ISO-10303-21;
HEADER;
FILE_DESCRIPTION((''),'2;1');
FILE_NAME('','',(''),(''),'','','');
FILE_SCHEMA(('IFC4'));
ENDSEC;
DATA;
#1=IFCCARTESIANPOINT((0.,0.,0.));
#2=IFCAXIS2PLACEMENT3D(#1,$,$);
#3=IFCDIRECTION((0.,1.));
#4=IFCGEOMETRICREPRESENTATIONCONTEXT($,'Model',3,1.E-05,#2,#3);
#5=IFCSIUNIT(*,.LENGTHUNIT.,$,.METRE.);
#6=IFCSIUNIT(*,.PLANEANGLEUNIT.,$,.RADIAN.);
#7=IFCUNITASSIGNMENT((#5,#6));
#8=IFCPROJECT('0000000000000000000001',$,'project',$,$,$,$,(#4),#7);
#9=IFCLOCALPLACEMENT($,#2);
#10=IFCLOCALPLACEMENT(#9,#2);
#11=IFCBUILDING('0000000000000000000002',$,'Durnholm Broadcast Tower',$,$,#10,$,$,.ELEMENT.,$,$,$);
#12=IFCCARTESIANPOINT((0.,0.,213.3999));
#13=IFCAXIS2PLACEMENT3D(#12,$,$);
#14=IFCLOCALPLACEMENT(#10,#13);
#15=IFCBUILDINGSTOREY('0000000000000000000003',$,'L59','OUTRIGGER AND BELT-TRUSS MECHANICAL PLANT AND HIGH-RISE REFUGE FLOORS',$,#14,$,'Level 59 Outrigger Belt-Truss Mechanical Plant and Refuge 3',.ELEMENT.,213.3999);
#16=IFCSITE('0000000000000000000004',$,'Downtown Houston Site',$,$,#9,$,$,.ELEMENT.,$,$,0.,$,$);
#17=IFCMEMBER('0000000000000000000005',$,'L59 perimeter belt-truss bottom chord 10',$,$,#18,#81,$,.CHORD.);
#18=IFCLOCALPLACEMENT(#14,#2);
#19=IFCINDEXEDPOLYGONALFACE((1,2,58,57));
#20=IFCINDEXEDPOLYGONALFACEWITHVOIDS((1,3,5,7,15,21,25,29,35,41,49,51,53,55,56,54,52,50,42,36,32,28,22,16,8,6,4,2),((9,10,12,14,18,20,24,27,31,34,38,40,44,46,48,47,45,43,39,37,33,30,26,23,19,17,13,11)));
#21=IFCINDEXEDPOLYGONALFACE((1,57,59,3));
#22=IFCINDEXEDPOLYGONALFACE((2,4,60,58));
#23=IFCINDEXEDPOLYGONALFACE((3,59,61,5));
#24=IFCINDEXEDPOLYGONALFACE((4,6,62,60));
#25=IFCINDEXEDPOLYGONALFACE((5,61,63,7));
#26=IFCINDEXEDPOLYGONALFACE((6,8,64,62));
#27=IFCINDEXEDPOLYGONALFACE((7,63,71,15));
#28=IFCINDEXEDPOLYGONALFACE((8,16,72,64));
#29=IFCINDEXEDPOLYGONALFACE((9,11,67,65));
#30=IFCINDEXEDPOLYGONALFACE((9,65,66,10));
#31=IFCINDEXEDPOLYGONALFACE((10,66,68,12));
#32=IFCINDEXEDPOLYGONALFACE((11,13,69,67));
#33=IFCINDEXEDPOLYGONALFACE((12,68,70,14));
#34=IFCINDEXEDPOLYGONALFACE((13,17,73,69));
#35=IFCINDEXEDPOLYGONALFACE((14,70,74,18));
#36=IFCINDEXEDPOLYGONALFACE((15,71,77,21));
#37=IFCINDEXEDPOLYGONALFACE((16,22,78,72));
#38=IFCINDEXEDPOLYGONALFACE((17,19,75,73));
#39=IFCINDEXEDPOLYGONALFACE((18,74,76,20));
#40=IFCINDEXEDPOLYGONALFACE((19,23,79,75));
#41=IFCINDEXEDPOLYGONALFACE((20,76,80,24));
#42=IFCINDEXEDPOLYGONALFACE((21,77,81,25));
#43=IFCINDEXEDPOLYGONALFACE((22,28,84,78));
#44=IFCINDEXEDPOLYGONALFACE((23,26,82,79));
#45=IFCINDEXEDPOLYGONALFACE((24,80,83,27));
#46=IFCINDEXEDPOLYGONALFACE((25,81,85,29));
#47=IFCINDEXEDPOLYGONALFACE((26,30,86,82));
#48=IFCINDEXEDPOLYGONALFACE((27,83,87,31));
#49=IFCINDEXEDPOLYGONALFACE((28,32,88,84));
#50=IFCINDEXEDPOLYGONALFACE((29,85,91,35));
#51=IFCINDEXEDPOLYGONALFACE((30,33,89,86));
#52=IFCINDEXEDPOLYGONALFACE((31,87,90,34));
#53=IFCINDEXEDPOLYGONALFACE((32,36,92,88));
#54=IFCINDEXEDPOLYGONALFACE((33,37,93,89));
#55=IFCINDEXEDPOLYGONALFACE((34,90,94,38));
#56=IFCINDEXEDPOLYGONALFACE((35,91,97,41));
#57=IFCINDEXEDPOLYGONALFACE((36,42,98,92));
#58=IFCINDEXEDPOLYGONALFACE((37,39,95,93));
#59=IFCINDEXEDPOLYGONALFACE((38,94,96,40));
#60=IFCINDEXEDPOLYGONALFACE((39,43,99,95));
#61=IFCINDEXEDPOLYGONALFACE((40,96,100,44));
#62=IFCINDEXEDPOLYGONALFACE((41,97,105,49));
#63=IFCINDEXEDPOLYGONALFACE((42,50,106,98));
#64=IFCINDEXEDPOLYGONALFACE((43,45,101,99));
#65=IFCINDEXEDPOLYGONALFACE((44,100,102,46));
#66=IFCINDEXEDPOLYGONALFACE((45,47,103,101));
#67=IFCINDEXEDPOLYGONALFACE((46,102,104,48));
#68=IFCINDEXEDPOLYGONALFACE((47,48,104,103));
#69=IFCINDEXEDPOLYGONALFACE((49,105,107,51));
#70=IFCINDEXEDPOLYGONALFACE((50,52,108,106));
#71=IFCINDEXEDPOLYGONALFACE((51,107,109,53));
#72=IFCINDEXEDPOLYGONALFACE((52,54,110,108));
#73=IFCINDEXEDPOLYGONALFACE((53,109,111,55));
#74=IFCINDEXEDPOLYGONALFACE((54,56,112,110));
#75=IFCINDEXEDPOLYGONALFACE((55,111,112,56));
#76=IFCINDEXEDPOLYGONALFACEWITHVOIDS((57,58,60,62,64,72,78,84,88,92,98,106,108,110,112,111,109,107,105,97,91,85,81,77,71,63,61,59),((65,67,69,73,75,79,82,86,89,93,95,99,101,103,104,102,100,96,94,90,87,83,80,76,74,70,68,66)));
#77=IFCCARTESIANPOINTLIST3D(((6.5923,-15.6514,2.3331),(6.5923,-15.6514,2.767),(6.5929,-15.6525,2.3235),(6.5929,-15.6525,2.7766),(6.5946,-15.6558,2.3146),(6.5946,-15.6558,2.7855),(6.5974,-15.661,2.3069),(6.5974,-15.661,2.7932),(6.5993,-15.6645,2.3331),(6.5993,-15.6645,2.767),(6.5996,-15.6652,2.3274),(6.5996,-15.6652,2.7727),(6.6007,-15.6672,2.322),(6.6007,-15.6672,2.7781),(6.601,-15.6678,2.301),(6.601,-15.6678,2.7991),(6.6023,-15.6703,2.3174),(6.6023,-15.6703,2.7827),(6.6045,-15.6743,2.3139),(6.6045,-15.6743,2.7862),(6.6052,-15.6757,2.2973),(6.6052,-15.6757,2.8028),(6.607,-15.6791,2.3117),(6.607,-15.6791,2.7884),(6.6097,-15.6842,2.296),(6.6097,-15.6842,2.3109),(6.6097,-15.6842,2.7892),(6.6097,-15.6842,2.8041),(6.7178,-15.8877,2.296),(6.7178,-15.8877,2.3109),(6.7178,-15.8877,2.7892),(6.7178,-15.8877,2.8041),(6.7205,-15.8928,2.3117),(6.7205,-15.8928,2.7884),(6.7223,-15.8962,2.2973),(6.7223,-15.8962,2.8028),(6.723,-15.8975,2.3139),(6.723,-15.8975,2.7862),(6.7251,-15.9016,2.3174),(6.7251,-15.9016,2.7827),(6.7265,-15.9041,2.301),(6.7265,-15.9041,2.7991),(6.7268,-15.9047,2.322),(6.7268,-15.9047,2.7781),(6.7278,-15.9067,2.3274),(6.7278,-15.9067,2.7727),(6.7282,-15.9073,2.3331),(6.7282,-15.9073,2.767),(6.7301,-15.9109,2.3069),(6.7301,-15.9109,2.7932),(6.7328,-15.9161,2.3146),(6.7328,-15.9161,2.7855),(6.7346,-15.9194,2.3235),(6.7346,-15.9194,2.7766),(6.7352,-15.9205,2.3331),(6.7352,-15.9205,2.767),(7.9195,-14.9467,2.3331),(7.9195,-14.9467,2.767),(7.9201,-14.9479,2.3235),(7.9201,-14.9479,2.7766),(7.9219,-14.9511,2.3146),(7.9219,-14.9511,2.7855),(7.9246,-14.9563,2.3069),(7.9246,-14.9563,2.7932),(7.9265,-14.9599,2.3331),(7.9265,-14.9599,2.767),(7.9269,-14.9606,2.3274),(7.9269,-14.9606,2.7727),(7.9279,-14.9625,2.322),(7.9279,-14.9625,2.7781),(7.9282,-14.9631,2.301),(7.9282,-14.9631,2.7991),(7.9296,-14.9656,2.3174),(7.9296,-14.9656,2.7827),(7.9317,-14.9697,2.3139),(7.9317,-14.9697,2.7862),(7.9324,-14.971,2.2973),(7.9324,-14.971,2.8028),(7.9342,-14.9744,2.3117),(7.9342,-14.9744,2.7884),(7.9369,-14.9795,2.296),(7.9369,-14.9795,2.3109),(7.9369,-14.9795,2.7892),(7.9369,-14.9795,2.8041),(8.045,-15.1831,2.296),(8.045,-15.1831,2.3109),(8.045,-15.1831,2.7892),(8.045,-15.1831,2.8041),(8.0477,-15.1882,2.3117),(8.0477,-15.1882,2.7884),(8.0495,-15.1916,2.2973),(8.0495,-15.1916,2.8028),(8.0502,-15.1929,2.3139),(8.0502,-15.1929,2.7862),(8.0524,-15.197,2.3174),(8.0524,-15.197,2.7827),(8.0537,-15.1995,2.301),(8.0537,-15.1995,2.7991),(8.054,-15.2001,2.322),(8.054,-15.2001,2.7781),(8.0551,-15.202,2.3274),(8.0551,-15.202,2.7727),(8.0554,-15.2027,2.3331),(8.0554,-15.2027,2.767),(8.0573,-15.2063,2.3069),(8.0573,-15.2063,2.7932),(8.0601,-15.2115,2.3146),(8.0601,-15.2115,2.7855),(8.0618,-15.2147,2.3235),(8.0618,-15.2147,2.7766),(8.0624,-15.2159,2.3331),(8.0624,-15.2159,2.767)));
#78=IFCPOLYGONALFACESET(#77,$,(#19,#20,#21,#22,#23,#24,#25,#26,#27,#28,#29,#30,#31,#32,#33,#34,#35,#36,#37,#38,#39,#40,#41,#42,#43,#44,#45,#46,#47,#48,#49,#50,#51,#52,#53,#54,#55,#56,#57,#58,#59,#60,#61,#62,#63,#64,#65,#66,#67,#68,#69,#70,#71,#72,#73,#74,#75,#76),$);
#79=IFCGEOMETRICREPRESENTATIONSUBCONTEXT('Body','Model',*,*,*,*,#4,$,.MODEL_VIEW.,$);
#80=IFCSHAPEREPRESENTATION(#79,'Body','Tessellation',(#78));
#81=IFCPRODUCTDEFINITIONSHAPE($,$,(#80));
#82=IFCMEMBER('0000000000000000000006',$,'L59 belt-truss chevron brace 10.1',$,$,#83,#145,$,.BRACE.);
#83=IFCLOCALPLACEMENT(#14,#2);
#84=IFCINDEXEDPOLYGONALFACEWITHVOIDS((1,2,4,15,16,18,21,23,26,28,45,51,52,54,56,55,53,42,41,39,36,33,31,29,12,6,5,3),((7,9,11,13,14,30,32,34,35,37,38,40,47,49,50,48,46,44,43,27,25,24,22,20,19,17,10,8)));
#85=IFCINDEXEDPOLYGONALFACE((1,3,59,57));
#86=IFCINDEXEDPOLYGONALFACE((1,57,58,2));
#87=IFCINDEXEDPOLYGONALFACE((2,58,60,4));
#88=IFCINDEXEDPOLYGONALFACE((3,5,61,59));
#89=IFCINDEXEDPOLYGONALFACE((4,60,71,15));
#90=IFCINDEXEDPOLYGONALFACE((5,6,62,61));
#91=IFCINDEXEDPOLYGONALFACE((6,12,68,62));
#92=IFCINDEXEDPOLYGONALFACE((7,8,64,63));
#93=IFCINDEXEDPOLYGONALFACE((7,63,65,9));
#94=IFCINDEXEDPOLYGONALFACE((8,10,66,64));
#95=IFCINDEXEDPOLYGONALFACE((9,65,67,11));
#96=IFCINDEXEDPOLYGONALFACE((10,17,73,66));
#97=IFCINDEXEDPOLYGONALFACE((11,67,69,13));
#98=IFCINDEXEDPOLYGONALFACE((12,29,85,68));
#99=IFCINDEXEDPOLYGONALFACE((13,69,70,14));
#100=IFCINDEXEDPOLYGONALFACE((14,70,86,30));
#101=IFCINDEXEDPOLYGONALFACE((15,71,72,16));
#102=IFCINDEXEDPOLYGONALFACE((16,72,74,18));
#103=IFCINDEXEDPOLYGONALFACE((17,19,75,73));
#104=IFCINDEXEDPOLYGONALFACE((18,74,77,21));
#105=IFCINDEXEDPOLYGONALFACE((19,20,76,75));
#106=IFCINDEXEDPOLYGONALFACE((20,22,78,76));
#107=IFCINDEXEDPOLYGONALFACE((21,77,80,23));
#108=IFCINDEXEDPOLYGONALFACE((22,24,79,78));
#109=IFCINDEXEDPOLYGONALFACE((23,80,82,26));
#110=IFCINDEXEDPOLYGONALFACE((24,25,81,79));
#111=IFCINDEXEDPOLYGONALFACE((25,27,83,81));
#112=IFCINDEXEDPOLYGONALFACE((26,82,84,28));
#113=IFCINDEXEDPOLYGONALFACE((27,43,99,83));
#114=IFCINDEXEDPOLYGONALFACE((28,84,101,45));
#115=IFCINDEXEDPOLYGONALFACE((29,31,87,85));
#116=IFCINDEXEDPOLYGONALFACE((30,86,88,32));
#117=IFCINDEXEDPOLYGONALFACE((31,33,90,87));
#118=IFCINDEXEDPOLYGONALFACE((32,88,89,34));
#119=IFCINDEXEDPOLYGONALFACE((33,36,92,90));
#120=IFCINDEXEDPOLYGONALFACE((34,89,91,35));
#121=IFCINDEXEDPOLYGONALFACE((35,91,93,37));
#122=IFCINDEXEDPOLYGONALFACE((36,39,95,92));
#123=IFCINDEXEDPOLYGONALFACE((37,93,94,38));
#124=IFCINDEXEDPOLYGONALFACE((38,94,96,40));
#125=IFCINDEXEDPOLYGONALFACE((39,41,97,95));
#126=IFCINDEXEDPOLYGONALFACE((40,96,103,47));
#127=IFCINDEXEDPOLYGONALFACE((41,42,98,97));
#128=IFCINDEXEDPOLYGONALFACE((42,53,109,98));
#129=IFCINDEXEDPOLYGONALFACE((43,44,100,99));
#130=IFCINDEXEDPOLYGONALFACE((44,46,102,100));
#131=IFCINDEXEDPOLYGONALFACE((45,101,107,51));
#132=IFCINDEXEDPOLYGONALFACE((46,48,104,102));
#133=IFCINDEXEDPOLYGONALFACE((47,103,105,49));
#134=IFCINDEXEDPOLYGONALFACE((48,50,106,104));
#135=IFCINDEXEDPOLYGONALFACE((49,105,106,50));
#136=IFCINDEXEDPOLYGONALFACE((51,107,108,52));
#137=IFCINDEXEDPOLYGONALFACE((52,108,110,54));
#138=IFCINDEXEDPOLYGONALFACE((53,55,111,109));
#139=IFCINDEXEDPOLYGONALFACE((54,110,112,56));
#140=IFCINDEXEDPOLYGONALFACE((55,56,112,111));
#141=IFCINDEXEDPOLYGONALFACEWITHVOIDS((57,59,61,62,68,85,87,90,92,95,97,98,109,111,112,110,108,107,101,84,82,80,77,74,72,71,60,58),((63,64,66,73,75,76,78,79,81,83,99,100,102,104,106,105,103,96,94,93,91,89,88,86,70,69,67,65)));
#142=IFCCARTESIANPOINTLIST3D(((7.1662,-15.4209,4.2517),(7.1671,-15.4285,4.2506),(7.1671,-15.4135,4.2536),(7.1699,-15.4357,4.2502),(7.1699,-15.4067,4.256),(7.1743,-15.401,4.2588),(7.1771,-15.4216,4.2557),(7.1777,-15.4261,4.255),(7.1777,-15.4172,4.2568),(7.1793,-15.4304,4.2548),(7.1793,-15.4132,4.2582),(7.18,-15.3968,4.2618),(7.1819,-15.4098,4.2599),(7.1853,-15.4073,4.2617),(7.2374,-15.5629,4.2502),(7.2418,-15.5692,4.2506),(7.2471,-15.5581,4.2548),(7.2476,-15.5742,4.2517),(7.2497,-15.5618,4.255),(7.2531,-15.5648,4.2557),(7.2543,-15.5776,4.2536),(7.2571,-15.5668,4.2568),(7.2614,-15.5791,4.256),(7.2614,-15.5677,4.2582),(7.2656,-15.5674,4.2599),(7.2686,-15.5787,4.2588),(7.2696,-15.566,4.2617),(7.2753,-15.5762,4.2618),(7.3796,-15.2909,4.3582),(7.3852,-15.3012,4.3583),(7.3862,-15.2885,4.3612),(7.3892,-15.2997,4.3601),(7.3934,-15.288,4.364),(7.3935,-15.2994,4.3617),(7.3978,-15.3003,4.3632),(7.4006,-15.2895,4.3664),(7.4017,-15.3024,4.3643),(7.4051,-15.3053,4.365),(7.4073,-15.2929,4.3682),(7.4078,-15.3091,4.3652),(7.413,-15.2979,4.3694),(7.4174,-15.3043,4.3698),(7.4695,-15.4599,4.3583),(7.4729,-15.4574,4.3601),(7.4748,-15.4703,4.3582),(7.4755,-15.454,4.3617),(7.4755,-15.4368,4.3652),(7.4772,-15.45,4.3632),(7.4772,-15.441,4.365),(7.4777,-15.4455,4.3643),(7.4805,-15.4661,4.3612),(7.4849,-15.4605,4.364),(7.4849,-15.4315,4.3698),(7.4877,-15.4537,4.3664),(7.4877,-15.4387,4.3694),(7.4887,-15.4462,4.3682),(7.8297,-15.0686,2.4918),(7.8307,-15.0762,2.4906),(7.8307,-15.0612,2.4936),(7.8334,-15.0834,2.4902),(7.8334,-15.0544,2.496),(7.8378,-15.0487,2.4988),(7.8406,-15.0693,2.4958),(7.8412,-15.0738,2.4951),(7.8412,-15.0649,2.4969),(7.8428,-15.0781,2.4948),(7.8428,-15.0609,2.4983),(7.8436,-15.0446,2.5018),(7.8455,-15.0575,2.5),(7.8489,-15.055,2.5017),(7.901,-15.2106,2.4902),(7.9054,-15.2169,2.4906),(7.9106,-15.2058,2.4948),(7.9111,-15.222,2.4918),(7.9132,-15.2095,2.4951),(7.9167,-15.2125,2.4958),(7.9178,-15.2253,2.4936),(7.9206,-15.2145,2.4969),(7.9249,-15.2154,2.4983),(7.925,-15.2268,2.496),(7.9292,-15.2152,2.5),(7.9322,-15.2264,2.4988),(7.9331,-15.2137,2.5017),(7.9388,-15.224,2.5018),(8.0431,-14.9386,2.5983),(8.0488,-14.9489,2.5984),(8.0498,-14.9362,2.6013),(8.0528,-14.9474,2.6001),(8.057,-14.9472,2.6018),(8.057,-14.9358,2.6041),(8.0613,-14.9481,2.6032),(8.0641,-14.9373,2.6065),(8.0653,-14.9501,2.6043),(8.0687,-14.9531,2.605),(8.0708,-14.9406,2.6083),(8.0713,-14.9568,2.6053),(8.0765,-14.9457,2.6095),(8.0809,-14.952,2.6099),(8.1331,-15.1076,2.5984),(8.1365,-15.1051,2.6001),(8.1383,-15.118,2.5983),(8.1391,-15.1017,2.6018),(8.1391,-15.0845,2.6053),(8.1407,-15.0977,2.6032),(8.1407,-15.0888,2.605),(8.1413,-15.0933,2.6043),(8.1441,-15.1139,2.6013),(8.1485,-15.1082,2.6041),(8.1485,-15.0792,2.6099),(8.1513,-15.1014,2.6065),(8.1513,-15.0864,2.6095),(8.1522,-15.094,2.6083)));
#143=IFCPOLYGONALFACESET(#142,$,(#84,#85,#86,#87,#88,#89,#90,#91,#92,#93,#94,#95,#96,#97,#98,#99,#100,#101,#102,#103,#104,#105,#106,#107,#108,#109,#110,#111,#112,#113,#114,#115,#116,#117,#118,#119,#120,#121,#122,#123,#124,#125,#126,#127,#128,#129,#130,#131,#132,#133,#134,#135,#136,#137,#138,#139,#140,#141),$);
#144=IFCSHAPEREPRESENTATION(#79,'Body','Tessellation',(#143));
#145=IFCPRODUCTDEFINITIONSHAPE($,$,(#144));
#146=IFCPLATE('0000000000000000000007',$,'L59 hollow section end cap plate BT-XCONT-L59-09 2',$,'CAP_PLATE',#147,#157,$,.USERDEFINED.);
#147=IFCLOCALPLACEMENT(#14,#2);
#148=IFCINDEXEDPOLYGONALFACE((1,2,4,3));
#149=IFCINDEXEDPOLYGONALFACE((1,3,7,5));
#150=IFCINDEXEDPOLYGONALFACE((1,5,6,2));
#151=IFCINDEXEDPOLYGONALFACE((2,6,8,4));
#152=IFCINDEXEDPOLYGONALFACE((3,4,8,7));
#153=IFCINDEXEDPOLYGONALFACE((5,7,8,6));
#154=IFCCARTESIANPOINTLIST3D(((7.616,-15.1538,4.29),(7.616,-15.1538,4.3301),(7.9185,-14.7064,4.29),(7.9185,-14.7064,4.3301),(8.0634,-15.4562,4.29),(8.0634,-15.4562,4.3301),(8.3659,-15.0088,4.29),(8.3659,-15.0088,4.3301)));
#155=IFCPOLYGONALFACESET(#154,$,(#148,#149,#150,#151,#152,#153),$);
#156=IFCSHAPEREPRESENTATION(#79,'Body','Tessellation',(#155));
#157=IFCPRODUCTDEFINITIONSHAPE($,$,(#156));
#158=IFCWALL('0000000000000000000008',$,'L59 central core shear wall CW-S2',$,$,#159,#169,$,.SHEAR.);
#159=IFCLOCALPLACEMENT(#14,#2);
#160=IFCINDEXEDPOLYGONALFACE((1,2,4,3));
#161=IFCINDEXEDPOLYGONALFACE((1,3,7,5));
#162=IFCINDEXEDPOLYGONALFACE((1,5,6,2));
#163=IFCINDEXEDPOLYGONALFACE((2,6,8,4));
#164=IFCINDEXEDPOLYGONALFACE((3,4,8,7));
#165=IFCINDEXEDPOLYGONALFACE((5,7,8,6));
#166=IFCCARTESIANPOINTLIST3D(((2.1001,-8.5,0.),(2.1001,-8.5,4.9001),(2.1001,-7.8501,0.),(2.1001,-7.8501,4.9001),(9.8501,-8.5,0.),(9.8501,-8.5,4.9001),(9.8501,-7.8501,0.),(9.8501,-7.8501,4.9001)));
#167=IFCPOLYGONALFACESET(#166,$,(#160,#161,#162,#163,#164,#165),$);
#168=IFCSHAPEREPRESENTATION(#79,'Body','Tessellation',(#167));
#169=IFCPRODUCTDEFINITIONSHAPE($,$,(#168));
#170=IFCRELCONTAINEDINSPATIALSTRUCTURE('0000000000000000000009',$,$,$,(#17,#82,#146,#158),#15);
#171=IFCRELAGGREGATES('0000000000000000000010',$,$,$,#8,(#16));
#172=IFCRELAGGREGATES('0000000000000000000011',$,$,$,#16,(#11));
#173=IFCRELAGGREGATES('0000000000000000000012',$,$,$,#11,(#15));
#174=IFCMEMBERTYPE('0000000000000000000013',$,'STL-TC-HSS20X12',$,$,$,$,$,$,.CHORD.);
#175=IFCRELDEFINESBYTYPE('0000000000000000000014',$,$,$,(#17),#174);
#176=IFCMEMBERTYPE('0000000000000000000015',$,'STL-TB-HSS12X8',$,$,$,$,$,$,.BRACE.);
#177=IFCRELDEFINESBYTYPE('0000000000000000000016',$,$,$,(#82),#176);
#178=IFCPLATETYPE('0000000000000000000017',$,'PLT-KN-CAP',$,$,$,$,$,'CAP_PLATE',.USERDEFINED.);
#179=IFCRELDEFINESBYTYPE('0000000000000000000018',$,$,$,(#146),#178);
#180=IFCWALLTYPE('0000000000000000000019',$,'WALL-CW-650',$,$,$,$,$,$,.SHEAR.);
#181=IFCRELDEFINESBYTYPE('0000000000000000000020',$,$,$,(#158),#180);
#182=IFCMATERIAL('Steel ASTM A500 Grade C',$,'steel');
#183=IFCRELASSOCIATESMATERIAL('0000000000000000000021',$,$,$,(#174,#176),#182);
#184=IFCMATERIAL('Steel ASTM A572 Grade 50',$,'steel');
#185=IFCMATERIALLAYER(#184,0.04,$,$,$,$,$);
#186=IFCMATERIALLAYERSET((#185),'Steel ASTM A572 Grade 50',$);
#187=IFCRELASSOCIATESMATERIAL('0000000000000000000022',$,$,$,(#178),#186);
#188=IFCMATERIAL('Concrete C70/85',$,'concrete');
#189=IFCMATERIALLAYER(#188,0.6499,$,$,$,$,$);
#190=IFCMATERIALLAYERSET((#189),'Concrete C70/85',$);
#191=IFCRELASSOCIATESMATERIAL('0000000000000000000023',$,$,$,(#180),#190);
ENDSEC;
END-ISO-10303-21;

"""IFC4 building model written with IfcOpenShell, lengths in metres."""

from ifc_helpers import new_model, si_unit, direction, frame, frame_2d, origin, origin_2d, place, context, subcontext, project, spatial, rectangle, hollow_rectangle, extrude, source, transform, mapped, material, layer, layer_set, material_profile, profile_set, type_object, type_shapes, element, save


model = new_model("IFC4")

# Units and contexts
model_context = context("Model", 3, precision=1e-05, world=origin(), true_north=direction((0.0, 1.0)))
body_context = subcontext(model_context, "Body", "Model", "MODEL_VIEW")
ifc_project = project(units=[si_unit("LENGTHUNIT", "METRE"), si_unit("PLANEANGLEUNIT", "RADIAN")], contexts=[model_context])

# Site, building, storey
site_placement = place(None, origin())
site = spatial("IfcSite", under=ifc_project, at=site_placement, Name="Downtown Houston Site", CompositionType="ELEMENT", RefElevation=0.0)
building_placement = place(site_placement, origin())
building = spatial("IfcBuilding", under=site, at=building_placement, Name="Durnholm Broadcast Tower", CompositionType="ELEMENT")
storey_placement = place(building_placement, frame((0.0, 0.0, 213.3999)))
storey = spatial("IfcBuildingStorey", under=building, at=storey_placement, Name="L59", Description="OUTRIGGER AND BELT-TRUSS MECHANICAL PLANT AND HIGH-RISE REFUGE FLOORS", LongName="Level 59 Outrigger Belt-Truss Mechanical Plant and Refuge 3", CompositionType="ELEMENT", Elevation=213.3999)

# Members
ifc_material_1 = material(Name="Steel ASTM A500 Grade C", Category="steel")
ifc_material_profile_1 = material_profile(ifc_material_1, hollow_rectangle(XDim=0.3047, YDim=0.5081, WallThickness=0.0149, InnerFilletRadius=0.0222, OuterFilletRadius=0.0371, at=origin_2d()), Name="HSS20X12X5/8")
ifc_profile_set_1 = profile_set([ifc_material_profile_1], Name="Steel ASTM A500 Grade C")
member_type_1 = type_object("IfcMemberType", Name="STL-TC-HSS20X12", PredefinedType="CHORD", material=ifc_profile_set_1)
shared_shape_1 = source(origin(), body_context, "Body", "SweptSolid", [
    extrude(hollow_rectangle(XDim=0.3047, YDim=0.5081, WallThickness=0.0149, InnerFilletRadius=0.0222, OuterFilletRadius=0.0371, at=origin_2d()), origin(), (0.0, 0.0, 1.0), 1.5027),
])
type_shapes(member_type_1, [shared_shape_1])
member_1_placement = place(storey_placement, frame((7.991, -15.0813, 2.55), z_axis=(-0.883242, -0.468918, 0.0), x_axis=(0.468918, -0.883242, 0.0)))
element("IfcMember", 1, at=member_1_placement, inside=storey, type_object=member_type_1, Name="L59 perimeter belt-truss bottom chord 10", PredefinedType="CHORD", context=body_context, shape_type="MappedRepresentation", body=[
    mapped(shared_shape_1, transform((0.0, 0.0, 0.0), x_axis=(1.0, 0.0, 0.0), y_axis=(0.0, 1.0, 0.0), z_axis=(0.0, 0.0, 1.0), scale=1.0)),
])
ifc_material_profile_2 = material_profile(ifc_material_1, hollow_rectangle(XDim=0.2031, YDim=0.3047, WallThickness=0.0117, InnerFilletRadius=0.0176, OuterFilletRadius=0.0295, at=origin_2d()), Name="HSS12X8X1/2")
ifc_profile_set_2 = profile_set([ifc_material_profile_2], Name="Steel ASTM A500 Grade C")
member_type_2 = type_object("IfcMemberType", Name="STL-TB-HSS12X8", PredefinedType="BRACE", material=ifc_profile_set_2)
shared_shape_2 = source(origin(), body_context, "Body", "SweptSolid", [
    extrude(hollow_rectangle(XDim=0.2031, YDim=0.3047, WallThickness=0.0117, InnerFilletRadius=0.0176, OuterFilletRadius=0.0295, at=origin_2d()), origin(), (0.0, 0.0, 1.0), 1.9136),
])
type_shapes(member_type_2, [shared_shape_2])
member_2_placement = place(storey_placement, frame((7.991, -15.0813, 2.55), z_axis=(-0.346757, -0.184095, 0.919711), x_axis=(0.468918, -0.883242, 0.0)))
element("IfcMember", 2, at=member_2_placement, inside=storey, type_object=member_type_2, Name="L59 belt-truss chevron brace 10.1", PredefinedType="BRACE", context=body_context, shape_type="MappedRepresentation", body=[
    mapped(shared_shape_2, transform((0.0, 0.0, 0.0), x_axis=(1.0, 0.0, 0.0), y_axis=(0.0, 1.0, 0.0), z_axis=(0.0, 0.0, 1.0), scale=1.0)),
])

# Plate
ifc_material_2 = material(Name="Steel ASTM A572 Grade 50", Category="steel")
ifc_layer_1 = layer(ifc_material_2, 0.04)
ifc_layer_set_1 = layer_set([ifc_layer_1], Name="Steel ASTM A572 Grade 50")
plate_type = type_object("IfcPlateType", Name="PLT-KN-CAP", ElementType="CAP_PLATE", PredefinedType="USERDEFINED", material=ifc_layer_set_1)
shared_shape_3 = source(origin(), body_context, "Body", "SweptSolid", [
    extrude(rectangle(XDim=0.54, YDim=0.54, at=origin_2d()), origin(), (0.0, 0.0, 1.0), 0.04),
])
type_shapes(plate_type, [shared_shape_3])
plate_placement = place(storey_placement, frame((7.991, -15.0813, 4.29), z_axis=(0.0, 0.0, 1.0), x_axis=(-0.560061, -0.828452, 0.0)))
element("IfcPlate", 3, at=plate_placement, inside=storey, type_object=plate_type, Name="L59 hollow section end cap plate BT-XCONT-L59-09 2", ObjectType="CAP_PLATE", PredefinedType="USERDEFINED", context=body_context, shape_type="MappedRepresentation", body=[
    mapped(shared_shape_3, transform((0.0, 0.0, 0.0), x_axis=(1.0, 0.0, 0.0), y_axis=(0.0, 1.0, 0.0), z_axis=(0.0, 0.0, 1.0), scale=1.0)),
])

# Wall
ifc_material_3 = material(Name="Concrete C70/85", Category="concrete")
ifc_layer_2 = layer(ifc_material_3, 0.6499)
ifc_layer_set_2 = layer_set([ifc_layer_2], Name="Concrete C70/85")
wall_type_1 = type_object("IfcWallType", Name="WALL-CW-650", PredefinedType="SHEAR", material=ifc_layer_set_2)
wall_1_placement = place(storey_placement, frame((2.1001, -8.175, 0.0), z_axis=(0.0, 0.0, 1.0), x_axis=(1.0, 0.0, 0.0)))
element("IfcWall", 4, at=wall_1_placement, inside=storey, type_object=wall_type_1, Name="L59 central core shear wall CW-S2", PredefinedType="SHEAR", context=body_context, shape_type="SweptSolid", body=[
    extrude(rectangle(XDim=7.75, YDim=0.6499, at=frame_2d((3.875, 0.0))), origin(), (0.0, 0.0, 1.0), 4.9001),
])

save(model, "model.ifc")
